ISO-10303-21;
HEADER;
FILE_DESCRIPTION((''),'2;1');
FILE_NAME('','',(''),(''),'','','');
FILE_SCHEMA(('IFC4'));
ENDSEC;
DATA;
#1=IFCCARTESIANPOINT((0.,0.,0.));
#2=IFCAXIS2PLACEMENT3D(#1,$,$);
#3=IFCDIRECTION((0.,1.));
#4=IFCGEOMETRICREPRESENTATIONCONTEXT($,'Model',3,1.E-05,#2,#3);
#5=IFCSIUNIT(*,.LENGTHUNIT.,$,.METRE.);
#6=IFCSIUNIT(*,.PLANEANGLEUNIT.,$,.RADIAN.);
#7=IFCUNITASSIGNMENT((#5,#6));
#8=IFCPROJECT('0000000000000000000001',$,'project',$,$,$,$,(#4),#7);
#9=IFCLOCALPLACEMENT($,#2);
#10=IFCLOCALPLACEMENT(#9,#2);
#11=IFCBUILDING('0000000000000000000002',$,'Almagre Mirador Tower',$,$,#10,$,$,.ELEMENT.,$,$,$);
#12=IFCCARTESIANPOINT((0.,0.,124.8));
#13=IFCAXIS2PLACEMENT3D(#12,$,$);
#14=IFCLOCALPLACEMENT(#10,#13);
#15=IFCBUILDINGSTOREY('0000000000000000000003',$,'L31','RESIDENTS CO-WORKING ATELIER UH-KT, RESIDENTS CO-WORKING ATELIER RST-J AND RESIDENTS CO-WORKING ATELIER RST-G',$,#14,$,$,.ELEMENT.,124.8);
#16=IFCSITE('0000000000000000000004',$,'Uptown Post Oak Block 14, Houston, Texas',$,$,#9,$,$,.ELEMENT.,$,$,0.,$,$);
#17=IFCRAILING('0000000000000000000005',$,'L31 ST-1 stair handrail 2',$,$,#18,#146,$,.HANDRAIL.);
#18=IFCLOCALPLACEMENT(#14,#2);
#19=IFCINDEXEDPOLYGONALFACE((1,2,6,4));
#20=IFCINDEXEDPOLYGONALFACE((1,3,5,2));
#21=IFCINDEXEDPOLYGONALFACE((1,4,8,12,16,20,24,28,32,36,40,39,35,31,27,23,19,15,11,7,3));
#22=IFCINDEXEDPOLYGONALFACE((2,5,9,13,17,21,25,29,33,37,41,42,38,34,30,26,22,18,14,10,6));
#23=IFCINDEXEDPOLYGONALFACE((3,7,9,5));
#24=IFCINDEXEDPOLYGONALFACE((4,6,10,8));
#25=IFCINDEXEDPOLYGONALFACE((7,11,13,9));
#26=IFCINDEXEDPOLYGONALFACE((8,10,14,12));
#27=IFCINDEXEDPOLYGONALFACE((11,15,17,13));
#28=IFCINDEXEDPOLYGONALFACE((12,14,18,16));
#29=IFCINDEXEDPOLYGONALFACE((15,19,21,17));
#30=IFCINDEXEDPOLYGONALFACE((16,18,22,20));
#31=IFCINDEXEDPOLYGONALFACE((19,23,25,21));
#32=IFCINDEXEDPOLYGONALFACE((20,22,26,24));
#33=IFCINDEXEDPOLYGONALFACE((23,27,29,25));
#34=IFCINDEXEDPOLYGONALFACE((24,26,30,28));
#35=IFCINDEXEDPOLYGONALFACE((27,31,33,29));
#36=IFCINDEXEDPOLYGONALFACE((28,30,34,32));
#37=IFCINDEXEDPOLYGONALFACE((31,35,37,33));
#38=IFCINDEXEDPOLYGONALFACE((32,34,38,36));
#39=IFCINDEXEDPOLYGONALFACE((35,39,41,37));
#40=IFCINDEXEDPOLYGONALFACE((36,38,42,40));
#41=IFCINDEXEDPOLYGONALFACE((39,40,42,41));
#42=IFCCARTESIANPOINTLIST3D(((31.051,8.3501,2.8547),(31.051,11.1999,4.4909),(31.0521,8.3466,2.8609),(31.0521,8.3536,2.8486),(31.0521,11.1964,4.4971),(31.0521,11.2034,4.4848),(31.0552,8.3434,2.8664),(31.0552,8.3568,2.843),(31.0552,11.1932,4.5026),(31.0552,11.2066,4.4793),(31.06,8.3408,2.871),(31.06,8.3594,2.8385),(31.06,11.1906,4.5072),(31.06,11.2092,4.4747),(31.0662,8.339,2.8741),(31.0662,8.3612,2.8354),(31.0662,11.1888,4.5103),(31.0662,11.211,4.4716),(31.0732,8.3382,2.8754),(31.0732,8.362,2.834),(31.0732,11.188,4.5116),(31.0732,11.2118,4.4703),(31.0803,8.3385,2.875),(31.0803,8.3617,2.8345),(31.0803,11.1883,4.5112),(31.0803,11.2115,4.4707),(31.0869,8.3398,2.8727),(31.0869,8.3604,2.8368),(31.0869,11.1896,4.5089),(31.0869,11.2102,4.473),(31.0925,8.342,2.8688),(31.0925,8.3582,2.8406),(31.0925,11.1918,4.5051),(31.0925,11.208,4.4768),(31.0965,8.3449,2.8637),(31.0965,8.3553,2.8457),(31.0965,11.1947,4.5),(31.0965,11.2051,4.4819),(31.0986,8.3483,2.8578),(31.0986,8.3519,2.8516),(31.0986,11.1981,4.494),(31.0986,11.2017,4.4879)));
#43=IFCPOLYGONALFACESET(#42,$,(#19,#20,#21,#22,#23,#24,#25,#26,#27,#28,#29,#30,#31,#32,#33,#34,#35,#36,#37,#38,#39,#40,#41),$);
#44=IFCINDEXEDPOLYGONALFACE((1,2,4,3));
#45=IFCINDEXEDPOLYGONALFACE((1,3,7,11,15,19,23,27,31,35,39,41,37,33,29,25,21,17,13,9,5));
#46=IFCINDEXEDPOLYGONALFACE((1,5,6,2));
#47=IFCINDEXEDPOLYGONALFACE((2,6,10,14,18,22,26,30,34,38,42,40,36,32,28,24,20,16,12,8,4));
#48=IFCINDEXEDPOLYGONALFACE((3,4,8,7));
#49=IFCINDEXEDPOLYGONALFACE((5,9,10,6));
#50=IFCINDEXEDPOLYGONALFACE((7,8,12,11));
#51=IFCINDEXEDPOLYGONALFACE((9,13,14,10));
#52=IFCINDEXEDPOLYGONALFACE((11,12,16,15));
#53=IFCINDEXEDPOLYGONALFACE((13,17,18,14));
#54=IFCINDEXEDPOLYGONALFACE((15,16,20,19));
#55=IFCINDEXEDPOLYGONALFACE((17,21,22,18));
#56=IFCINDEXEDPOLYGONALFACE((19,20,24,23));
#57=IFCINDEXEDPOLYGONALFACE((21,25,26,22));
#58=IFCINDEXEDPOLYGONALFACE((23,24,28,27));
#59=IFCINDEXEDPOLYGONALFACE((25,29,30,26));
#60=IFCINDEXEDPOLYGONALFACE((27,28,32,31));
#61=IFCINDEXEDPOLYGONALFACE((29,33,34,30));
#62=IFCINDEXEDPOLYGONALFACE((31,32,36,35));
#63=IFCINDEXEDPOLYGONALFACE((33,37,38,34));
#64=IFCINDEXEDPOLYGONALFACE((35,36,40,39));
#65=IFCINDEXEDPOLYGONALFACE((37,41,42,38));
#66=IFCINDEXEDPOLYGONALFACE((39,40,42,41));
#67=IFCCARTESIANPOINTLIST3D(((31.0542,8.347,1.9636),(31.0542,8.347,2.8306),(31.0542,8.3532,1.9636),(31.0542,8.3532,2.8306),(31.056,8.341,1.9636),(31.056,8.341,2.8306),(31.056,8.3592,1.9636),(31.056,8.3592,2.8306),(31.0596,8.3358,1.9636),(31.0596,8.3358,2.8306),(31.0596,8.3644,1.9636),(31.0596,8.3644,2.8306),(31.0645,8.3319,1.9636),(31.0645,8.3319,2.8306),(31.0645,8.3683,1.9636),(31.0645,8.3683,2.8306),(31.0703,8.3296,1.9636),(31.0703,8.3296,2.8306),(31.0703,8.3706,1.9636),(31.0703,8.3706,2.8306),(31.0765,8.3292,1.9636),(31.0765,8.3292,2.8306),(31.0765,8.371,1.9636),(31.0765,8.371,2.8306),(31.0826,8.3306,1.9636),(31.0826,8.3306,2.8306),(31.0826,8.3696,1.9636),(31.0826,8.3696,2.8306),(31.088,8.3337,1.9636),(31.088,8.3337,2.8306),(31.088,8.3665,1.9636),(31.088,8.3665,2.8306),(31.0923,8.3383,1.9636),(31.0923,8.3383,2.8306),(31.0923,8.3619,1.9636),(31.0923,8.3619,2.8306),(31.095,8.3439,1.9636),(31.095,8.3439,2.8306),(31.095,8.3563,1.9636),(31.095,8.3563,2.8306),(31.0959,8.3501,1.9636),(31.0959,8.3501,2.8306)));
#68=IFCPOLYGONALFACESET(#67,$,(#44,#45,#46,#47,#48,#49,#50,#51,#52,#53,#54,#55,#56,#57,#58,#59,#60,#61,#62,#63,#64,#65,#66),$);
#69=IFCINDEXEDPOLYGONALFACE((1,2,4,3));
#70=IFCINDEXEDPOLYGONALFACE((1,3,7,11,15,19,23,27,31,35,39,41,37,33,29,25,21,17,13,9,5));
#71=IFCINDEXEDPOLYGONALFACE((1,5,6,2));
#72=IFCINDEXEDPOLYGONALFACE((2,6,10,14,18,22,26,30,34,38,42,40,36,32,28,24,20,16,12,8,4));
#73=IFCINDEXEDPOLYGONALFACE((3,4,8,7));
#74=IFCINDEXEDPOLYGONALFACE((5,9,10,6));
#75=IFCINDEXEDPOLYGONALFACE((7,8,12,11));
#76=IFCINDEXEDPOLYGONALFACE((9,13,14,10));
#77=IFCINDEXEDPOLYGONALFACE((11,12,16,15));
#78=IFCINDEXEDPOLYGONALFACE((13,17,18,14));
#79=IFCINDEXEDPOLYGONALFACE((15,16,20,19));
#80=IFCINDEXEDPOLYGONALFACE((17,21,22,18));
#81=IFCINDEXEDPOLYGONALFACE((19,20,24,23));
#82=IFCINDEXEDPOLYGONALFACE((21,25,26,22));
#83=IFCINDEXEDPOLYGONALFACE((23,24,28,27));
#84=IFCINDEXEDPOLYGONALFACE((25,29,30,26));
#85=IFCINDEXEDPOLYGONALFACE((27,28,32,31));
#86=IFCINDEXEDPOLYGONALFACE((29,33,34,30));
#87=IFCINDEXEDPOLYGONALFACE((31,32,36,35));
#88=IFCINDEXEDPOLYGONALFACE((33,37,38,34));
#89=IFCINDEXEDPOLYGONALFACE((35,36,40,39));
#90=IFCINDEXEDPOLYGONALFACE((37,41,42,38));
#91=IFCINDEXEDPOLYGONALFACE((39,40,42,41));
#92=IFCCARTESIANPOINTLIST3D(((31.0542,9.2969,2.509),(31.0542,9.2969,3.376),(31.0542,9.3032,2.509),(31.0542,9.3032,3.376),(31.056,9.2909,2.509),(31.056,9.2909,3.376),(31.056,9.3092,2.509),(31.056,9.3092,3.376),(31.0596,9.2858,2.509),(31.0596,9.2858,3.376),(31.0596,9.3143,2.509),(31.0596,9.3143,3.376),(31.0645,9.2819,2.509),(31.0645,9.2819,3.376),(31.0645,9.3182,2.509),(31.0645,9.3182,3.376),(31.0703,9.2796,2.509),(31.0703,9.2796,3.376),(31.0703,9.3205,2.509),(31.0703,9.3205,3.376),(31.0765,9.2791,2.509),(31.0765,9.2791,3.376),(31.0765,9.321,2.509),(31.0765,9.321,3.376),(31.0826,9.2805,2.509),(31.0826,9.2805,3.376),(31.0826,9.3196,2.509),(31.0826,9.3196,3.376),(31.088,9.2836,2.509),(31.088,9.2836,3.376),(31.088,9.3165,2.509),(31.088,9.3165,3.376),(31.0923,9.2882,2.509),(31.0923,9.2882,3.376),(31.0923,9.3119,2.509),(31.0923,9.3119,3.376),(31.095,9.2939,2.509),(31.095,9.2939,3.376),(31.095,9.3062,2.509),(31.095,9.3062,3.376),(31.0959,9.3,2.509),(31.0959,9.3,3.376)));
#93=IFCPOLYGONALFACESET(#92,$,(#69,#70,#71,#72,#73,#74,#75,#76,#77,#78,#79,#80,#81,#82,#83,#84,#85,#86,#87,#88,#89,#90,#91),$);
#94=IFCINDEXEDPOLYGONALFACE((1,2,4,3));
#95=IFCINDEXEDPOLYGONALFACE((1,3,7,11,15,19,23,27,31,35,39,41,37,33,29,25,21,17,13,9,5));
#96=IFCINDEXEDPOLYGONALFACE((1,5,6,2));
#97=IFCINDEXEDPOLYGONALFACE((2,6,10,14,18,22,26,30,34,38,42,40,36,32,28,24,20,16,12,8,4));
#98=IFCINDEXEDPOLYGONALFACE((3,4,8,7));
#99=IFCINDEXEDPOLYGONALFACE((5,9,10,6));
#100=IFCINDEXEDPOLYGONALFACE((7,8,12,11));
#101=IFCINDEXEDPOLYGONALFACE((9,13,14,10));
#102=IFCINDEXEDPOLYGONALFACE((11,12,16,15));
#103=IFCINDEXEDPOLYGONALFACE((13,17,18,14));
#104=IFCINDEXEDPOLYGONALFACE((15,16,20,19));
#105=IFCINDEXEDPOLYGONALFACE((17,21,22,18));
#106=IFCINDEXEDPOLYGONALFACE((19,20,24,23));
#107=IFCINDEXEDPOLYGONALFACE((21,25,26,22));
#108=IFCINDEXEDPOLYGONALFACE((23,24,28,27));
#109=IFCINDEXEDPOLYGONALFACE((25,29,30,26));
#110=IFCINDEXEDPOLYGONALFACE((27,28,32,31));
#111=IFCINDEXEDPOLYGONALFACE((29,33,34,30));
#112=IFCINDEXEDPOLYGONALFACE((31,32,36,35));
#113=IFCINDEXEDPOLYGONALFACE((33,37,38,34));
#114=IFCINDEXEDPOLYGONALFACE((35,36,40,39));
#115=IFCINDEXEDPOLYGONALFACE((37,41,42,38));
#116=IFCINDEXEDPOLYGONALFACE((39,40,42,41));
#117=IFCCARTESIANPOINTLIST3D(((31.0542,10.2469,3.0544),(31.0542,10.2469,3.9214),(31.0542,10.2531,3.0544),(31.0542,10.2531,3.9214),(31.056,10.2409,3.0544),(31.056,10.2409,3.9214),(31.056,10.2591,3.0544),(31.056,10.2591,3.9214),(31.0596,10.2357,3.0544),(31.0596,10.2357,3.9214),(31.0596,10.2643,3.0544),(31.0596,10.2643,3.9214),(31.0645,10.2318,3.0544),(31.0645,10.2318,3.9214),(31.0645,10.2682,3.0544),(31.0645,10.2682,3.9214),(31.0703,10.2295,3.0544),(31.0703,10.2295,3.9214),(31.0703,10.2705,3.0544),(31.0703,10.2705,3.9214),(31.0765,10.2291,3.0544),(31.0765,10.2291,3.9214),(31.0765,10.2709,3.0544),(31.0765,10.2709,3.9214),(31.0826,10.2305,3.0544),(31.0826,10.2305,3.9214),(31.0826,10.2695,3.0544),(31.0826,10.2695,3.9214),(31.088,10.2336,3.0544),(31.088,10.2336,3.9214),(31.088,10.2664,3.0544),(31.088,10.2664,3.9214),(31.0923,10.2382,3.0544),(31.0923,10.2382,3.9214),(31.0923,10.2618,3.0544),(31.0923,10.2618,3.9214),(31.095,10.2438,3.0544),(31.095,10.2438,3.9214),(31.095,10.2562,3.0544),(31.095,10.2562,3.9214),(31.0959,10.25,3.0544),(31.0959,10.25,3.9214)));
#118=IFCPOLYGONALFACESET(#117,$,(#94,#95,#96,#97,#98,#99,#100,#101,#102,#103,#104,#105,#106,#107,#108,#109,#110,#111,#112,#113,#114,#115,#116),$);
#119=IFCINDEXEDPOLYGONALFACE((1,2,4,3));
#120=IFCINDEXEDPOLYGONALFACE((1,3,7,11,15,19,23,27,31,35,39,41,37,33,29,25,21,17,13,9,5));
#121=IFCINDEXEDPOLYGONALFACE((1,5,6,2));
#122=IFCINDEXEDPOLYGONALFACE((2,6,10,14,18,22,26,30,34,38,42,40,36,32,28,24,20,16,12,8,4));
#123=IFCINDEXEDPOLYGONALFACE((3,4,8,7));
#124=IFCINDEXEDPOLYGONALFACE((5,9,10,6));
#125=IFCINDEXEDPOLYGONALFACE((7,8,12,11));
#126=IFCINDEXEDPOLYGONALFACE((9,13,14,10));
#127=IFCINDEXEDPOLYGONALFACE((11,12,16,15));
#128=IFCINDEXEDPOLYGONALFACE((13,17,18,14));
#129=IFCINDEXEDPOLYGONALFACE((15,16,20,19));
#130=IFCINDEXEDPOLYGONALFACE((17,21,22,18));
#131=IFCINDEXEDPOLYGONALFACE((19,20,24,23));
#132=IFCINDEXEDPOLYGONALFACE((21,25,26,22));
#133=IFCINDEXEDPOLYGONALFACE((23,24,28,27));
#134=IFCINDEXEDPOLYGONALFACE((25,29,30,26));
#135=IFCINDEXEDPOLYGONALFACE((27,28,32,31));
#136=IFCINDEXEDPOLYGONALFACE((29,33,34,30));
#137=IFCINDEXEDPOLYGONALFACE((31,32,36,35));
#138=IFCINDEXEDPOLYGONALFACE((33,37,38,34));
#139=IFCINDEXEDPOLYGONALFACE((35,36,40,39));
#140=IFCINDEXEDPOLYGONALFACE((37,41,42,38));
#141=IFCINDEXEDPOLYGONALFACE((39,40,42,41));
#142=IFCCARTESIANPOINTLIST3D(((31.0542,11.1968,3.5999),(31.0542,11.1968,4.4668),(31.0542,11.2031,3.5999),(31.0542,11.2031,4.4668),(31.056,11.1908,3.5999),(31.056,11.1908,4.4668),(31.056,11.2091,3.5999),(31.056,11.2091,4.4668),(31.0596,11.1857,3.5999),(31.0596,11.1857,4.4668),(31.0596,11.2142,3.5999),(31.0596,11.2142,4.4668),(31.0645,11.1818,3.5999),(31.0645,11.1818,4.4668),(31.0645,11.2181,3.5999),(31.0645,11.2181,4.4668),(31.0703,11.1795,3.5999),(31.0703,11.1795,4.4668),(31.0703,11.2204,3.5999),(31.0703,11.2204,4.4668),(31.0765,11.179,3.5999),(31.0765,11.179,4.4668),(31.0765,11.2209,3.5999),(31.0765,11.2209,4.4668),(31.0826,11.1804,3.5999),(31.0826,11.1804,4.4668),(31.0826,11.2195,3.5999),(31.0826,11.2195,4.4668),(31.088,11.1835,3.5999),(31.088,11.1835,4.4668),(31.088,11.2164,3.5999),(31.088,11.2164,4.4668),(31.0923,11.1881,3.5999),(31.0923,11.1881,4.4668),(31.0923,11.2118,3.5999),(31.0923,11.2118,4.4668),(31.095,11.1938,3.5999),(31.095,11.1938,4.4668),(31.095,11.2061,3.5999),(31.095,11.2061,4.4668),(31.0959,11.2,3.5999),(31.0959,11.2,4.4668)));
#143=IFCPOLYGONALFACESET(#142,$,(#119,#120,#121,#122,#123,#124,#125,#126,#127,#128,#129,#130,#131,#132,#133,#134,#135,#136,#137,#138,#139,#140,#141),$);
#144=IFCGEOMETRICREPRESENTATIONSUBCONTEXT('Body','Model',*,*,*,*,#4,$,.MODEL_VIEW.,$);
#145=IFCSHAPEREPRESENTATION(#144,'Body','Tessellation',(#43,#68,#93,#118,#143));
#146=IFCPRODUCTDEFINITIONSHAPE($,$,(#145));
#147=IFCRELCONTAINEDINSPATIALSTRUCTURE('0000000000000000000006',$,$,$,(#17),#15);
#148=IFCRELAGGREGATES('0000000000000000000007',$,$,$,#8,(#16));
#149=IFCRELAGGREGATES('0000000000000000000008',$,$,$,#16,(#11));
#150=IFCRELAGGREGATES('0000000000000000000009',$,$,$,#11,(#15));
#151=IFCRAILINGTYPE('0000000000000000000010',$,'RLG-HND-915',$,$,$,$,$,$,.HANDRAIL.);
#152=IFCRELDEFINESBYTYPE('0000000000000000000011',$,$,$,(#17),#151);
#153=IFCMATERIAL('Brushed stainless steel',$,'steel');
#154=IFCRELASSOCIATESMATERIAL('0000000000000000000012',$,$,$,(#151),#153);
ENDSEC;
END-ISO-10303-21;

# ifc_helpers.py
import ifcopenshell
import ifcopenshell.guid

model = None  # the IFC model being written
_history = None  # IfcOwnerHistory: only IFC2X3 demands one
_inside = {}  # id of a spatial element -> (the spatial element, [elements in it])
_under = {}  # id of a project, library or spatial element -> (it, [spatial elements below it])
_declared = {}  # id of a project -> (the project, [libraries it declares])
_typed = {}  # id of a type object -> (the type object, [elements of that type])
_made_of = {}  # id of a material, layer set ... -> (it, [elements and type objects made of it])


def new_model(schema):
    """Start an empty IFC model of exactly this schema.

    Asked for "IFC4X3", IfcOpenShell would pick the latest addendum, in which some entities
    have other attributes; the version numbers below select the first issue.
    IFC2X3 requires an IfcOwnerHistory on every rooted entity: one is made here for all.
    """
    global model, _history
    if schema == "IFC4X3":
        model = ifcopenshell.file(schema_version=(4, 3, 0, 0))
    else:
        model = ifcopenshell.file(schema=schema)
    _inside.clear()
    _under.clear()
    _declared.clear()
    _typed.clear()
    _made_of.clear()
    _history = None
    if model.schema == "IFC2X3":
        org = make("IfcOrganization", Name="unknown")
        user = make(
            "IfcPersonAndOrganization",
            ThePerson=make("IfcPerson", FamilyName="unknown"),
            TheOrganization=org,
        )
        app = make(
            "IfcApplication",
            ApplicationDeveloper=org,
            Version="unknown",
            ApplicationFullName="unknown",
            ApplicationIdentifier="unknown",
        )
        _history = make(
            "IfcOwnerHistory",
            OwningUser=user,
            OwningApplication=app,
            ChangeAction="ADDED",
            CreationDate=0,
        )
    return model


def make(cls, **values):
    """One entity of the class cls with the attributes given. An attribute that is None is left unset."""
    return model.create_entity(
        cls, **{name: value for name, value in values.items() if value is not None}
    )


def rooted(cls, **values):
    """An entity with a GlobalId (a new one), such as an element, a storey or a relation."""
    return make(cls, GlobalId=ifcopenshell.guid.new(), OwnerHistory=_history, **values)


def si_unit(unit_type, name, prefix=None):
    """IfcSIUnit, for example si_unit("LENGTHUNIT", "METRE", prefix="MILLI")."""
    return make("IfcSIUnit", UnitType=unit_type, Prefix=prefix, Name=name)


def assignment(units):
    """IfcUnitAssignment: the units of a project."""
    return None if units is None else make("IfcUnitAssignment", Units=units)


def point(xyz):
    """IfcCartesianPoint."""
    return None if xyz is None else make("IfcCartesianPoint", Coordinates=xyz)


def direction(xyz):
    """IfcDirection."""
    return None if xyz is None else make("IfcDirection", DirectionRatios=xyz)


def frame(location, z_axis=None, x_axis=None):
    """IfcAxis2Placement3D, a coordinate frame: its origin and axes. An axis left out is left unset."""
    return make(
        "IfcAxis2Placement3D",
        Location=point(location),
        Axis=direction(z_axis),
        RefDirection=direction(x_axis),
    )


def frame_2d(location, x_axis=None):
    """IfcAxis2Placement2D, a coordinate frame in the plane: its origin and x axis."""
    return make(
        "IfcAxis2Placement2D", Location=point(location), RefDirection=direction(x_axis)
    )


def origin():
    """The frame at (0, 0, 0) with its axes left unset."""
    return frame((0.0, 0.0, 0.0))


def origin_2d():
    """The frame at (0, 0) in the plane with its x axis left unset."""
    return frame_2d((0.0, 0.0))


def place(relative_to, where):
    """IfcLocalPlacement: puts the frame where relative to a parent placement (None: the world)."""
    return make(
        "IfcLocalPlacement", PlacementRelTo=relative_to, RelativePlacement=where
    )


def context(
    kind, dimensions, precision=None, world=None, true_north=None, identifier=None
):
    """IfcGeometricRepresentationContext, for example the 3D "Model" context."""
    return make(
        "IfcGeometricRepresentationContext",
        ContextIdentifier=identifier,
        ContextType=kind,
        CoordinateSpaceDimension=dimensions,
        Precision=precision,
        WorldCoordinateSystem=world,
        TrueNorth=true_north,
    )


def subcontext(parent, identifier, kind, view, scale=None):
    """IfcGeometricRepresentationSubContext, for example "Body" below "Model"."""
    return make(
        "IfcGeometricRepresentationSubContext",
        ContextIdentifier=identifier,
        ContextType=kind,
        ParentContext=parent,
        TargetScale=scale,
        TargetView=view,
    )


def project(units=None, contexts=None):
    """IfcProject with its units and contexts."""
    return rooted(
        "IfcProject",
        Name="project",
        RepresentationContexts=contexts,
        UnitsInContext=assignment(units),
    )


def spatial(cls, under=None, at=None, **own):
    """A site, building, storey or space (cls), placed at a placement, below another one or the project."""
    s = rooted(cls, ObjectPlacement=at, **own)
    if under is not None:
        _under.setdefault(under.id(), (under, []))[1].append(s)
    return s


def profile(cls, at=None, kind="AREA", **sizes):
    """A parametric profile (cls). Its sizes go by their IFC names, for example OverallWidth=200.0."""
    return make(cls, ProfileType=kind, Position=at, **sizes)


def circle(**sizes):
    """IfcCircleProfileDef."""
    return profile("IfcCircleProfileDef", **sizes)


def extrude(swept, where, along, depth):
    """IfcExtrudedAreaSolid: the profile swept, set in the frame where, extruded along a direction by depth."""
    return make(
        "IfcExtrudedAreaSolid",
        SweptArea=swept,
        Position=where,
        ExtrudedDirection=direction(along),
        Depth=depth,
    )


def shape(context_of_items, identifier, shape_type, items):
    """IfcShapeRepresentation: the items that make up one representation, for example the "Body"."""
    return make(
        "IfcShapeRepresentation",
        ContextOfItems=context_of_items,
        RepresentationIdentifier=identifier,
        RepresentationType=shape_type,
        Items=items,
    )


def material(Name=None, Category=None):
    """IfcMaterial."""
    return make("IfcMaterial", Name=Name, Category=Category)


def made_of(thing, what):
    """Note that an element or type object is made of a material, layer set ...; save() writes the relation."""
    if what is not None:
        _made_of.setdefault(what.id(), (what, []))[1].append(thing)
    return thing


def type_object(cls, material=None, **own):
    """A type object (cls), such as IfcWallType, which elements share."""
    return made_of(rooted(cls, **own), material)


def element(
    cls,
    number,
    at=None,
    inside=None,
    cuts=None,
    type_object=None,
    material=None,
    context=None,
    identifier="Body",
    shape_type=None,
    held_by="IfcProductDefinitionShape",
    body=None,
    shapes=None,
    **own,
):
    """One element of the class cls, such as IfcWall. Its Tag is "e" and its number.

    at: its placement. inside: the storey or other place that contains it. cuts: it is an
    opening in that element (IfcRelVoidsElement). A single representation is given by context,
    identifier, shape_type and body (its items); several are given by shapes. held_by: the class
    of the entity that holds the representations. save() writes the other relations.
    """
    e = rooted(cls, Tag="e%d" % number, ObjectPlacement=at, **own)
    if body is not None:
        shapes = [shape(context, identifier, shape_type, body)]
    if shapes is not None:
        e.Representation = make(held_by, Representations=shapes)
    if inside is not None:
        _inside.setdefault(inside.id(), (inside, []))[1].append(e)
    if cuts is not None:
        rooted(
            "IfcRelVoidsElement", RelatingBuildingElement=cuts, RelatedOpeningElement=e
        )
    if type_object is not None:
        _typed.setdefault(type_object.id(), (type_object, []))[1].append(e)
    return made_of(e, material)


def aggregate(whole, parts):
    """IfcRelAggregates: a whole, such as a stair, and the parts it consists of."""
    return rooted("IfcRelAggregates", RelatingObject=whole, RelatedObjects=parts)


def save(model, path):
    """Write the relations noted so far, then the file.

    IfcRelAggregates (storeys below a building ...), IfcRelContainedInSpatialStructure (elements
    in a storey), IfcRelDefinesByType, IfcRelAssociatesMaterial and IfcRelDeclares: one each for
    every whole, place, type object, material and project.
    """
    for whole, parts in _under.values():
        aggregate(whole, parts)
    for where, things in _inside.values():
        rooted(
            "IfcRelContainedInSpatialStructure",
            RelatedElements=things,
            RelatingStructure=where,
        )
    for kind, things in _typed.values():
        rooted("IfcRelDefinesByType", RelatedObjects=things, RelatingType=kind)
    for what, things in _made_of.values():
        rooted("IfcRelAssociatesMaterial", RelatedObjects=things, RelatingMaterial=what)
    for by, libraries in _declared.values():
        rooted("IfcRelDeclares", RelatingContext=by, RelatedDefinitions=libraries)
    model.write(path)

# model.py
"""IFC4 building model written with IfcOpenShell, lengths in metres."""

from ifc_helpers import new_model, si_unit, direction, frame, origin, origin_2d, place, context, subcontext, project, spatial, circle, extrude, material, type_object, element, save


model = new_model("IFC4")

# Units and contexts
model_context = context("Model", 3, precision=1e-05, world=origin(), true_north=direction((0.0, 1.0)))
body_context = subcontext(model_context, "Body", "Model", "MODEL_VIEW")
ifc_project = project(units=[si_unit("LENGTHUNIT", "METRE"), si_unit("PLANEANGLEUNIT", "RADIAN")], contexts=[model_context])

# Site, building, storey
site_placement = place(None, origin())
site = spatial("IfcSite", under=ifc_project, at=site_placement, Name="Uptown Post Oak Block 14, Houston, Texas", CompositionType="ELEMENT", RefElevation=0.0)
building_placement = place(site_placement, origin())
building = spatial("IfcBuilding", under=site, at=building_placement, Name="Almagre Mirador Tower", CompositionType="ELEMENT")
storey_placement = place(building_placement, frame((0.0, 0.0, 124.8)))
storey = spatial("IfcBuildingStorey", under=building, at=storey_placement, Name="L31", Description="RESIDENTS CO-WORKING ATELIER UH-KT, RESIDENTS CO-WORKING ATELIER RST-J AND RESIDENTS CO-WORKING ATELIER RST-G", CompositionType="ELEMENT", Elevation=124.8)

# Railing
ifc_material_1 = material(Name="Brushed stainless steel", Category="steel")
railing_type_1 = type_object("IfcRailingType", Name="RLG-HND-915", PredefinedType="HANDRAIL", material=ifc_material_1)
railing_1_placement = place(storey_placement, frame((31.075, 8.3501, 1.9636)))
element("IfcRailing", 1, at=railing_1_placement, inside=storey, type_object=railing_type_1, Name="L31 ST-1 stair handrail 2", PredefinedType="HANDRAIL", context=body_context, shape_type="SweptSolid", body=[
    extrude(circle(Radius=0.0239, at=origin_2d()), frame((0.0, 0.0, 0.8911), z_axis=(0.0, 0.867226, 0.497914), x_axis=(-1.0, 0.0, 0.0)), (0.0, 0.0, 1.0), 3.2861),
    extrude(circle(Radius=0.021, at=origin_2d()), origin(), (0.0, 0.0, 1.0), 0.8669),
    extrude(circle(Radius=0.021, at=origin_2d()), frame((0.0, 0.95, 0.5454)), (0.0, 0.0, 1.0), 0.8669),
    extrude(circle(Radius=0.021, at=origin_2d()), frame((0.0, 1.8999, 1.0908)), (0.0, 0.0, 1.0), 0.8669),
    extrude(circle(Radius=0.021, at=origin_2d()), frame((0.0, 2.8499, 1.6362)), (0.0, 0.0, 1.0), 0.8669),
])

save(model, "model.ifc")
